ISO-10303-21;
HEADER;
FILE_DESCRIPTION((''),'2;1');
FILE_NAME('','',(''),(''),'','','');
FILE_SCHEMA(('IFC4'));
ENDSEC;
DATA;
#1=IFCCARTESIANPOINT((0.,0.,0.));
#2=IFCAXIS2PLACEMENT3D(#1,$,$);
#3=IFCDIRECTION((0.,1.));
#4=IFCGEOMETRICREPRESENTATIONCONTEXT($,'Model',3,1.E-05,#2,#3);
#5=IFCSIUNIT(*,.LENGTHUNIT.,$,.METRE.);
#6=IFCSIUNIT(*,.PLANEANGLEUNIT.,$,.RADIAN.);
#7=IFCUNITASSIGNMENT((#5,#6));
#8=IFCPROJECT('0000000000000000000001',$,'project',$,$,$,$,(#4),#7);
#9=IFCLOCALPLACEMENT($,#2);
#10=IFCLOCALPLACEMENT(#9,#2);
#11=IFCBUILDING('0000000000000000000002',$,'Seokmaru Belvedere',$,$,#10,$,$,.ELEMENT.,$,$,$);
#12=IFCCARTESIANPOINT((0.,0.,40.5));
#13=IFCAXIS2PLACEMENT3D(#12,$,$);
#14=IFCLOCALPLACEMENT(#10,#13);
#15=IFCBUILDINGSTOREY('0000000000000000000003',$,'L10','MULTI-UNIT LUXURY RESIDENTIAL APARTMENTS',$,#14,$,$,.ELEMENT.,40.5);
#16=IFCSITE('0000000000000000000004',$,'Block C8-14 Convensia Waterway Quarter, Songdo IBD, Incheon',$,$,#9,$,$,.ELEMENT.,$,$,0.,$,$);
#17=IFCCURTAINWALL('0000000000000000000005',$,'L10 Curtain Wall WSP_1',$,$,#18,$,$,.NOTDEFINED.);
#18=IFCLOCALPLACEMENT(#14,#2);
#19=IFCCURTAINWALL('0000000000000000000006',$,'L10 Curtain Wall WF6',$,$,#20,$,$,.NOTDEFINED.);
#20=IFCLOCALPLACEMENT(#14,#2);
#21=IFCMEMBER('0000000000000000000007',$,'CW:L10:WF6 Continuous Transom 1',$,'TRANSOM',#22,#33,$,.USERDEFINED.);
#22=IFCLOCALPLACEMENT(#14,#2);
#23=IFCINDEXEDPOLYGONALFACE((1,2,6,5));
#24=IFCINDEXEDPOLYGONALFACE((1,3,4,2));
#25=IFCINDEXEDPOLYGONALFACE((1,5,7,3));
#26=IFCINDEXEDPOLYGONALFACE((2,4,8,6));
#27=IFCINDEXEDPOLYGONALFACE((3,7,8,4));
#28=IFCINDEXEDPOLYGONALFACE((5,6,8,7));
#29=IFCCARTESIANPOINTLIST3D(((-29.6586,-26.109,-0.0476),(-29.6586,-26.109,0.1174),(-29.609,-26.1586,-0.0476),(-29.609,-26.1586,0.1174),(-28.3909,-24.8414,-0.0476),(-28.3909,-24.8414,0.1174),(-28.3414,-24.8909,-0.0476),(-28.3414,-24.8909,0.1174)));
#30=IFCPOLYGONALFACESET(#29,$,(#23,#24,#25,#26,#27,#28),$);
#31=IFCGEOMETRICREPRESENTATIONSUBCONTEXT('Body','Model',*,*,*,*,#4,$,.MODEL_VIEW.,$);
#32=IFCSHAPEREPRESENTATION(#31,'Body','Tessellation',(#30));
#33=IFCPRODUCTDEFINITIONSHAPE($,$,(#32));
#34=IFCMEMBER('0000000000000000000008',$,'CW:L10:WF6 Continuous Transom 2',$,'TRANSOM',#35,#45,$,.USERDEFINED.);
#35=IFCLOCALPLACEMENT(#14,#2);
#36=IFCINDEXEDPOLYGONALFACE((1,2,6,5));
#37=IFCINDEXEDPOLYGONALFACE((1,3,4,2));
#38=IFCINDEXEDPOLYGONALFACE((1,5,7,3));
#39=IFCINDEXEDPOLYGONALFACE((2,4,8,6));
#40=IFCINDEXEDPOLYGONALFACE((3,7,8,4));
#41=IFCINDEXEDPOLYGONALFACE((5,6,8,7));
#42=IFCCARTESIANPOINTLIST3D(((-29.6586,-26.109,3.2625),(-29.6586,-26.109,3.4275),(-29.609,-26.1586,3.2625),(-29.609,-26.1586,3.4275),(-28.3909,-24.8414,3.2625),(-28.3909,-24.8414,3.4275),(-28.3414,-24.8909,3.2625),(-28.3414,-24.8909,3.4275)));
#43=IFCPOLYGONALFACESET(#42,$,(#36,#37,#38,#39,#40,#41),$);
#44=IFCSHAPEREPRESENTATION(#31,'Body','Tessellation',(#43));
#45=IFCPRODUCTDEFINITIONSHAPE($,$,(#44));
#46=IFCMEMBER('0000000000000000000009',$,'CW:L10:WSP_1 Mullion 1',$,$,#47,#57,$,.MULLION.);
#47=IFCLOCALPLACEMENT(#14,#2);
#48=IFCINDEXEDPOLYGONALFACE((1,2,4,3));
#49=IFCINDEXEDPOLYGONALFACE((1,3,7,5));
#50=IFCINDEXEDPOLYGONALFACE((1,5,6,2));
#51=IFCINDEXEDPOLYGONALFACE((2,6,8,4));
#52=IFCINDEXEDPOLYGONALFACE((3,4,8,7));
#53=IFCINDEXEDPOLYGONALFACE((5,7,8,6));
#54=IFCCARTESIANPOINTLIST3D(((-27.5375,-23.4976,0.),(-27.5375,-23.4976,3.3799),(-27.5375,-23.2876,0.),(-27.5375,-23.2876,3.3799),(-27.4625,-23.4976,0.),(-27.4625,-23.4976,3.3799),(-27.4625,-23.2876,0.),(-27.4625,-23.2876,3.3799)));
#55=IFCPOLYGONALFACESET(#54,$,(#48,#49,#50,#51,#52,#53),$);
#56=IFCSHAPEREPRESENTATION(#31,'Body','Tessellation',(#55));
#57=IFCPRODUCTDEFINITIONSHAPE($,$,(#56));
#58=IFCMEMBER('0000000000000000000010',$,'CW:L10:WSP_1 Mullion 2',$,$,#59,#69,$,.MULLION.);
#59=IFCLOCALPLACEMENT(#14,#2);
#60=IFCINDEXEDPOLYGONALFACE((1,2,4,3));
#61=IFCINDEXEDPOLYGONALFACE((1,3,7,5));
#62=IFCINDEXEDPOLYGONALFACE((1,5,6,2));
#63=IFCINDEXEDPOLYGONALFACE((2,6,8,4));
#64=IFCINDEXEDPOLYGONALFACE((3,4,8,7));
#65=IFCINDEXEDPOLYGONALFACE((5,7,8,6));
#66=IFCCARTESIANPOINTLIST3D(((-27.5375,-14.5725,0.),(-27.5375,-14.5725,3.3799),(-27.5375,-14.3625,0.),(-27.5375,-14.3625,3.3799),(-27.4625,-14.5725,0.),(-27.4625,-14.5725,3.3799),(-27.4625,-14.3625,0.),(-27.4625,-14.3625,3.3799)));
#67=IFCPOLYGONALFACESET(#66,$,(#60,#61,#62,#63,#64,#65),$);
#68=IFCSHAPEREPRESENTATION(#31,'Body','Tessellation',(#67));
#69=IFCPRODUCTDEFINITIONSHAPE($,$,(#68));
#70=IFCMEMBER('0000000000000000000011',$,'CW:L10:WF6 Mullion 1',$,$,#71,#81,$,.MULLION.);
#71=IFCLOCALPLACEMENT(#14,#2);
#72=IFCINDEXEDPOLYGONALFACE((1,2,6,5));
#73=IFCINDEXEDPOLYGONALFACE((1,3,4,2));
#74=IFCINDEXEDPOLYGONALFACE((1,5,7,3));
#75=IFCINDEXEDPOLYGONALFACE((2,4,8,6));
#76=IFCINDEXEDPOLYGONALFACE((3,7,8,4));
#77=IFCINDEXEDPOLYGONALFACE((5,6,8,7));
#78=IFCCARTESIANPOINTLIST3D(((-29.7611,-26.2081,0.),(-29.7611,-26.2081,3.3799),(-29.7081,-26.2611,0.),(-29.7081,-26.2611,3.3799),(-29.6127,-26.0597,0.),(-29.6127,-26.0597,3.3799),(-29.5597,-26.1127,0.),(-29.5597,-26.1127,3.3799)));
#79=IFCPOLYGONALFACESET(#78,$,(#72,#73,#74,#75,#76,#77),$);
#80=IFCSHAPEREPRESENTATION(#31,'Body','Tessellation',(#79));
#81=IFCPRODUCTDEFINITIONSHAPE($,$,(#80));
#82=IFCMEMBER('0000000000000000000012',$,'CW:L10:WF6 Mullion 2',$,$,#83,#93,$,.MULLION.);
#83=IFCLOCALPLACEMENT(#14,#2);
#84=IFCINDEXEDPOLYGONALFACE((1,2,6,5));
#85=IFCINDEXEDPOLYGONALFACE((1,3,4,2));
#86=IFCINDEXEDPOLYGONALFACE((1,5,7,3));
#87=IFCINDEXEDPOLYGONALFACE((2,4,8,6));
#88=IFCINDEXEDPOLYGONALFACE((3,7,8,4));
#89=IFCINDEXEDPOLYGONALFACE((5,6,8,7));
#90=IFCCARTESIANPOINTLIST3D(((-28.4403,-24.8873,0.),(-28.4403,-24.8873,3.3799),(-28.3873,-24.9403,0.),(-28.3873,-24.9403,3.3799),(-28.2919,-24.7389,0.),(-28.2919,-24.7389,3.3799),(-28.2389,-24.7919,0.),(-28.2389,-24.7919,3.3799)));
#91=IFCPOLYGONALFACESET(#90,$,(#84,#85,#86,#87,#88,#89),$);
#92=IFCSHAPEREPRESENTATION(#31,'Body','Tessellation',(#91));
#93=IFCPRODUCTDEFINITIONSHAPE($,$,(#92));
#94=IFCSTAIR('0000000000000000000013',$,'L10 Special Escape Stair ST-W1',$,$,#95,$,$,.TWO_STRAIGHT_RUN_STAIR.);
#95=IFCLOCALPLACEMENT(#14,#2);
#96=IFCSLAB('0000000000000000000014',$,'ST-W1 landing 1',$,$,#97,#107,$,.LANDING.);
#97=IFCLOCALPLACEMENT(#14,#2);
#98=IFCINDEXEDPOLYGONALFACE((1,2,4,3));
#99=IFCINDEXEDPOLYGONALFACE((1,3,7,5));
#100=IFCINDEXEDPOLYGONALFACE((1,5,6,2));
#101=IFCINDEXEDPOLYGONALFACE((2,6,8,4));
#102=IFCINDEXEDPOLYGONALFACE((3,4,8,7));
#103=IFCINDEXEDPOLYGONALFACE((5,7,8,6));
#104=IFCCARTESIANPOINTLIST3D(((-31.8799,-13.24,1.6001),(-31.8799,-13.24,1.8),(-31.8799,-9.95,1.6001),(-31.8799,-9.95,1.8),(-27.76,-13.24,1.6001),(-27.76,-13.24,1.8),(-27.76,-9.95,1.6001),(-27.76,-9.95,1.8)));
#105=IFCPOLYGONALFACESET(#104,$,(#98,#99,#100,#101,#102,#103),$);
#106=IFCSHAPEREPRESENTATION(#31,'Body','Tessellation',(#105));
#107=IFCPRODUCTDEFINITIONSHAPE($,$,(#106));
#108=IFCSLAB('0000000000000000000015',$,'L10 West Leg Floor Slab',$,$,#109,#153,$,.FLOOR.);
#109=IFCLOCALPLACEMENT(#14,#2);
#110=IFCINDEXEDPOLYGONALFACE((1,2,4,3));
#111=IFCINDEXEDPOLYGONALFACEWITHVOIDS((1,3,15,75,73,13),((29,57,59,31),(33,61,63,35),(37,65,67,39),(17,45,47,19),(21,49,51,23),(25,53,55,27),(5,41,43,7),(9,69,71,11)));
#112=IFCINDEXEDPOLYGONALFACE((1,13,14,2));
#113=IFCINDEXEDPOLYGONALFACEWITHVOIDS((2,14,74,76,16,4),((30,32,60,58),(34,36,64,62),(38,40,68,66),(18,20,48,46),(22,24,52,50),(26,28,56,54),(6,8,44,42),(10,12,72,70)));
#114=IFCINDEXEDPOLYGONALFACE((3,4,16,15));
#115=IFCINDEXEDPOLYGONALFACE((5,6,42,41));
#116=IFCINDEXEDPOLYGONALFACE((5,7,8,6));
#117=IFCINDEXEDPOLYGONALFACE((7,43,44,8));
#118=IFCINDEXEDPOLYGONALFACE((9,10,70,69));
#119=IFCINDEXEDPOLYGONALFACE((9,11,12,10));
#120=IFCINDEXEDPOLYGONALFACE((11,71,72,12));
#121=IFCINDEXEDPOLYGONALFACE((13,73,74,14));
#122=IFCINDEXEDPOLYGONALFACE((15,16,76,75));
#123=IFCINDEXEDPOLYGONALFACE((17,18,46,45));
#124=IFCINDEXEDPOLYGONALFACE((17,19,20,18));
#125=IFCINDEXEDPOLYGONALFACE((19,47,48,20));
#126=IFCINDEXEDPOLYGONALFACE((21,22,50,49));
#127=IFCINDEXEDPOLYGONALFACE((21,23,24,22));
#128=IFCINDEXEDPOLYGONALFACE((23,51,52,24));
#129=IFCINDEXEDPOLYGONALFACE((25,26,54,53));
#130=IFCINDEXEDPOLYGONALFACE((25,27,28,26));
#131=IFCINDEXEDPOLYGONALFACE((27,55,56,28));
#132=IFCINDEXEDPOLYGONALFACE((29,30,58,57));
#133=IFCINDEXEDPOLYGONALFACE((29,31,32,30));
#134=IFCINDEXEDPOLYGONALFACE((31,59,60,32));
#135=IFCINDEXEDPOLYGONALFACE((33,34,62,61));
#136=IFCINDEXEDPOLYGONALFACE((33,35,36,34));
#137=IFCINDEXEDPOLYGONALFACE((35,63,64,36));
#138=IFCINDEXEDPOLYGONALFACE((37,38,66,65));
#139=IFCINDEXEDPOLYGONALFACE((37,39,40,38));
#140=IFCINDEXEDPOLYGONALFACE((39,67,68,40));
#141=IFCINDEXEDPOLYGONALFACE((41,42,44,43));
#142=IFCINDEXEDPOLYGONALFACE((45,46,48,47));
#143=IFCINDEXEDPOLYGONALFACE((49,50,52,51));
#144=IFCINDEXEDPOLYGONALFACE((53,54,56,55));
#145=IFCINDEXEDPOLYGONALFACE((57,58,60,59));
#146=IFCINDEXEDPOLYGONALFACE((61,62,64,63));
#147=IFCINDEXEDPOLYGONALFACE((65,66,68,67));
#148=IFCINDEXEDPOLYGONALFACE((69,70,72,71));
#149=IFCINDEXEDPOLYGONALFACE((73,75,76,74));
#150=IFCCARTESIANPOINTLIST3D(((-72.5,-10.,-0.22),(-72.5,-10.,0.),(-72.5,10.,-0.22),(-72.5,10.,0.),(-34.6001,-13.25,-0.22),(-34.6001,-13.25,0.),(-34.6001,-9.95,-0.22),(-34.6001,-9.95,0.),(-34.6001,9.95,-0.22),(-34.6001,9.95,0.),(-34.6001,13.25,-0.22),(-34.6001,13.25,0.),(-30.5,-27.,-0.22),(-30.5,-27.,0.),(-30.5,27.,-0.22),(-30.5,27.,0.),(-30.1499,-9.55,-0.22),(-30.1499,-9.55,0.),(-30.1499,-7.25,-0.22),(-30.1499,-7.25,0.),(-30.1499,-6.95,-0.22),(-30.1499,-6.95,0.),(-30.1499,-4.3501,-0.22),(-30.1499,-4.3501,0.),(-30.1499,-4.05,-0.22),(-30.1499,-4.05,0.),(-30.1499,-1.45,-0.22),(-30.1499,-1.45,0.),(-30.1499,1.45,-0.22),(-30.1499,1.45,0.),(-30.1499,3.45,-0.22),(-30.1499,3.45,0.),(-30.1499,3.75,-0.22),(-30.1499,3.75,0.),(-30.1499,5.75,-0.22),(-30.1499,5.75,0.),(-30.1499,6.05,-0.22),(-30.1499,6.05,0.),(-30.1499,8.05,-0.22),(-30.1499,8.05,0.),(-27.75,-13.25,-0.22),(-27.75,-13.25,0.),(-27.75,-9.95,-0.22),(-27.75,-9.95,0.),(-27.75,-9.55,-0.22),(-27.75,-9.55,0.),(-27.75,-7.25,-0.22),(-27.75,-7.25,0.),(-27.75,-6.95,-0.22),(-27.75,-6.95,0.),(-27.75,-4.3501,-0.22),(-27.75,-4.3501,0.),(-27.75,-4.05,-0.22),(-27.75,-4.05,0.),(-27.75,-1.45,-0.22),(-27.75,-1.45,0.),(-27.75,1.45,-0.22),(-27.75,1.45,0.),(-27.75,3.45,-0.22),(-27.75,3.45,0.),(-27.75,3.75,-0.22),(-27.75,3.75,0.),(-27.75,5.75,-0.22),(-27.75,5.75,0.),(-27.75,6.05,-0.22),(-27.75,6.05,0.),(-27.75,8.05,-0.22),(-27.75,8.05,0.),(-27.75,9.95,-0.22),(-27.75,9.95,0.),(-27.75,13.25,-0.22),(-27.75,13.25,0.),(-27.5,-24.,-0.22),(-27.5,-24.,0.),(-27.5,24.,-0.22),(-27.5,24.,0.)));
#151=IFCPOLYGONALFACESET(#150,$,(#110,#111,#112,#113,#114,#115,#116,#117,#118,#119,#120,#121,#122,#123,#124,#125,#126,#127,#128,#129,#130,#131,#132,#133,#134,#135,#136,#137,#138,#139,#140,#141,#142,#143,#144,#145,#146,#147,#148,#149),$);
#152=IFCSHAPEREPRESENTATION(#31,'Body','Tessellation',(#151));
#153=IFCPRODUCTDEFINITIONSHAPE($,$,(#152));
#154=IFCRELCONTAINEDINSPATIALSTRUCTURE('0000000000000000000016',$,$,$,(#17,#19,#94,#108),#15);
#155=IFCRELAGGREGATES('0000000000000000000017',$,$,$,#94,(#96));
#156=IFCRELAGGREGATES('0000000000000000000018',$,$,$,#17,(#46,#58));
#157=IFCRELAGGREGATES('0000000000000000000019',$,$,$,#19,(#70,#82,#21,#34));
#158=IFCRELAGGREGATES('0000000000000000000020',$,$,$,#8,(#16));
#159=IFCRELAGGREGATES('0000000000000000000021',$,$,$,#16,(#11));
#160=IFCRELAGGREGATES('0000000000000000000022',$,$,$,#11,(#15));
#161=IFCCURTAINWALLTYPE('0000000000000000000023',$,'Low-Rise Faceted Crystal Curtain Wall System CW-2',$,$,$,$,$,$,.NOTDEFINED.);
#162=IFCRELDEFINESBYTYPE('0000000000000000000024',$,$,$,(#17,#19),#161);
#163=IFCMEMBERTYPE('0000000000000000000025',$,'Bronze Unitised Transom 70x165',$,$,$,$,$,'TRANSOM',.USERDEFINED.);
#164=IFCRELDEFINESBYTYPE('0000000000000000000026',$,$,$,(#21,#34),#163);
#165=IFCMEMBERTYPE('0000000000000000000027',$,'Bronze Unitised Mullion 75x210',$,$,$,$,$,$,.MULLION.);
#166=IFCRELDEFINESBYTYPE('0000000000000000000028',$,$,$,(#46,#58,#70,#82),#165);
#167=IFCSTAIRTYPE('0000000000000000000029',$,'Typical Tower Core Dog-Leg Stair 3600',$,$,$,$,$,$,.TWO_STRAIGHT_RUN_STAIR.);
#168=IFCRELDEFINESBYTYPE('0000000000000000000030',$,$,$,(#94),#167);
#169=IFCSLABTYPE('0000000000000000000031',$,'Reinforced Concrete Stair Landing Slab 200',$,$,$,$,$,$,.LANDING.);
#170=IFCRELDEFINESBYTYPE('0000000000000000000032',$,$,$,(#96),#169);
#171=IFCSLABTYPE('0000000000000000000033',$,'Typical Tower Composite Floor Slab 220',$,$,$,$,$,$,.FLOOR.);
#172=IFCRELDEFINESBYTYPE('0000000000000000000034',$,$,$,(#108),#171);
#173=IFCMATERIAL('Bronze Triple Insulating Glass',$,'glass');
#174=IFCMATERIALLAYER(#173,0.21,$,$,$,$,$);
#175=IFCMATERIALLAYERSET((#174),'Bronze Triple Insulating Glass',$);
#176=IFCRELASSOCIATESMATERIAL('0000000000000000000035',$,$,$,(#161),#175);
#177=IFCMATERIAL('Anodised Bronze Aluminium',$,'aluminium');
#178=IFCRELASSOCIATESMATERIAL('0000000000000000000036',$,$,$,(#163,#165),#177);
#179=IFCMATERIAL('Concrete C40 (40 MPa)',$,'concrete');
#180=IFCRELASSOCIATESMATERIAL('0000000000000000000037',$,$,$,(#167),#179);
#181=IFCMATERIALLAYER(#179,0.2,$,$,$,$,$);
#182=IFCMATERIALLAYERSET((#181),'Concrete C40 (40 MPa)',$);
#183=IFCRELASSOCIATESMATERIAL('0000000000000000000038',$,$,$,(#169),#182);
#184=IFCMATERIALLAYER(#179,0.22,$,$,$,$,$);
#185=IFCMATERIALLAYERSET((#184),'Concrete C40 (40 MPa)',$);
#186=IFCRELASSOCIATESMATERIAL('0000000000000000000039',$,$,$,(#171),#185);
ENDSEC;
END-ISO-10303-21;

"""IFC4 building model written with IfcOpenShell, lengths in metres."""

from ifc_helpers import new_model, si_unit, direction, frame, origin, origin_2d, place, context, subcontext, project, spatial, polyline, rectangle, outline, extrude, source, transform, mapped, material, layer, layer_set, material_profile, profile_set, type_object, type_shapes, element, aggregate, save


model = new_model("IFC4")

# Units and contexts
model_context = context("Model", 3, precision=1e-05, world=origin(), true_north=direction((0.0, 1.0)))
body_context = subcontext(model_context, "Body", "Model", "MODEL_VIEW")
ifc_project = project(units=[si_unit("LENGTHUNIT", "METRE"), si_unit("PLANEANGLEUNIT", "RADIAN")], contexts=[model_context])

# Site, building, storey
site_placement = place(None, origin())
site = spatial("IfcSite", under=ifc_project, at=site_placement, Name="Block C8-14 Convensia Waterway Quarter, Songdo IBD, Incheon", CompositionType="ELEMENT", RefElevation=0.0)
building_placement = place(site_placement, origin())
building = spatial("IfcBuilding", under=site, at=building_placement, Name="Seokmaru Belvedere", CompositionType="ELEMENT")
storey_placement = place(building_placement, frame((0.0, 0.0, 40.5)))
storey = spatial("IfcBuildingStorey", under=building, at=storey_placement, Name="L10", Description="MULTI-UNIT LUXURY RESIDENTIAL APARTMENTS", CompositionType="ELEMENT", Elevation=40.5)

# Curtain walls, members
ifc_material_1 = material(Name="Bronze Triple Insulating Glass", Category="glass")
ifc_layer_1 = layer(ifc_material_1, 0.21)
ifc_layer_set_1 = layer_set([ifc_layer_1], Name="Bronze Triple Insulating Glass")
curtain_wall_type = type_object("IfcCurtainWallType", Name="Low-Rise Faceted Crystal Curtain Wall System CW-2", PredefinedType="NOTDEFINED", material=ifc_layer_set_1)
curtain_wall_1_placement = place(storey_placement, origin())
curtain_wall_1 = element("IfcCurtainWall", 1, at=curtain_wall_1_placement, inside=storey, type_object=curtain_wall_type, Name="L10 Curtain Wall WSP_1", PredefinedType="NOTDEFINED")
ifc_material_2 = material(Name="Anodised Bronze Aluminium", Category="aluminium")
ifc_material_profile_1 = material_profile(ifc_material_2, rectangle(XDim=0.0701, YDim=0.165, at=origin_2d()), Name="CW-T-70x165")
ifc_profile_set_1 = profile_set([ifc_material_profile_1], Name="Anodised Bronze Aluminium")
member_type_1 = type_object("IfcMemberType", Name="Bronze Unitised Transom 70x165", ElementType="TRANSOM", PredefinedType="USERDEFINED", material=ifc_profile_set_1)
curtain_wall_2_placement = place(storey_placement, origin())
curtain_wall_2 = element("IfcCurtainWall", 2, at=curtain_wall_2_placement, inside=storey, type_object=curtain_wall_type, Name="L10 Curtain Wall WF6", PredefinedType="NOTDEFINED")
shared_shape_1 = source(origin(), body_context, "Body", "SweptSolid", [
    extrude(rectangle(XDim=0.0701, YDim=0.165, at=origin_2d()), origin(), (0.0, 0.0, 1.0), 1.7927),
])
member_1_placement = place(storey_placement, frame((-29.6338, -26.1338, 0.0349), z_axis=(0.707107, 0.707107, 0.0), x_axis=(-0.707107, 0.707107, 0.0)))
member_1 = element("IfcMember", 3, at=member_1_placement, type_object=member_type_1, Name="CW:L10:WF6 Continuous Transom 1", ObjectType="TRANSOM", PredefinedType="USERDEFINED", context=body_context, shape_type="MappedRepresentation", body=[
    mapped(shared_shape_1, transform((0.0, 0.0, 0.0), scale=1.0)),
])
member_2_placement = place(storey_placement, frame((-29.6338, -26.1338, 3.345), z_axis=(0.707107, 0.707107, 0.0), x_axis=(-0.707107, 0.707107, 0.0)))
member_2 = element("IfcMember", 4, at=member_2_placement, type_object=member_type_1, Name="CW:L10:WF6 Continuous Transom 2", ObjectType="TRANSOM", PredefinedType="USERDEFINED", context=body_context, shape_type="MappedRepresentation", body=[
    mapped(shared_shape_1, transform((0.0, 0.0, 0.0), scale=1.0)),
])

# Members
ifc_material_profile_2 = material_profile(ifc_material_2, rectangle(XDim=0.075, YDim=0.21, at=origin_2d()), Name="CW-M-75x210")
ifc_profile_set_2 = profile_set([ifc_material_profile_2], Name="Anodised Bronze Aluminium")
member_type_2 = type_object("IfcMemberType", Name="Bronze Unitised Mullion 75x210", PredefinedType="MULLION", material=ifc_profile_set_2)
shared_shape_2 = source(origin(), body_context, "Body", "SweptSolid", [
    extrude(rectangle(XDim=0.075, YDim=0.21, at=origin_2d()), origin(), (0.0, 0.0, 1.0), 3.3799),
])
type_shapes(member_type_2, [shared_shape_2])
member_3_placement = place(storey_placement, frame((-27.5, -23.3926, 0.0), z_axis=(0.0, 0.0, 1.0), x_axis=(-1.0, 0.0, 0.0)))
member_3 = element("IfcMember", 5, at=member_3_placement, type_object=member_type_2, Name="CW:L10:WSP_1 Mullion 1", PredefinedType="MULLION", context=body_context, shape_type="MappedRepresentation", body=[
    mapped(shared_shape_2, transform((0.0, 0.0, 0.0), scale=1.0)),
])
member_4_placement = place(storey_placement, frame((-27.5, -14.4675, 0.0), z_axis=(0.0, 0.0, 1.0), x_axis=(-1.0, 0.0, 0.0)))
member_4 = element("IfcMember", 6, at=member_4_placement, type_object=member_type_2, Name="CW:L10:WSP_1 Mullion 2", PredefinedType="MULLION", context=body_context, shape_type="MappedRepresentation", body=[
    mapped(shared_shape_2, transform((0.0, 0.0, 0.0), scale=1.0)),
])
member_5_placement = place(storey_placement, frame((-29.6604, -26.1604, 0.0), z_axis=(0.0, 0.0, 1.0), x_axis=(-0.707107, 0.707107, 0.0)))
member_5 = element("IfcMember", 7, at=member_5_placement, type_object=member_type_2, Name="CW:L10:WF6 Mullion 1", PredefinedType="MULLION", context=body_context, shape_type="MappedRepresentation", body=[
    mapped(shared_shape_2, transform((0.0, 0.0, 0.0), scale=1.0)),
])
member_6_placement = place(storey_placement, frame((-28.3396, -24.8396, 0.0), z_axis=(0.0, 0.0, 1.0), x_axis=(-0.707107, 0.707107, 0.0)))
member_6 = element("IfcMember", 8, at=member_6_placement, type_object=member_type_2, Name="CW:L10:WF6 Mullion 2", PredefinedType="MULLION", context=body_context, shape_type="MappedRepresentation", body=[
    mapped(shared_shape_2, transform((0.0, 0.0, 0.0), scale=1.0)),
])

# Stair, slab
ifc_material_3 = material(Name="Concrete C40 (40 MPa)", Category="concrete")
stair_type = type_object("IfcStairType", Name="Typical Tower Core Dog-Leg Stair 3600", PredefinedType="TWO_STRAIGHT_RUN_STAIR", material=ifc_material_3)
stair_placement = place(storey_placement, origin())
stair = element("IfcStair", 9, at=stair_placement, inside=storey, type_object=stair_type, Name="L10 Special Escape Stair ST-W1", PredefinedType="TWO_STRAIGHT_RUN_STAIR")
ifc_layer_2 = layer(ifc_material_3, 0.2)
ifc_layer_set_2 = layer_set([ifc_layer_2], Name="Concrete C40 (40 MPa)")
slab_type_1 = type_object("IfcSlabType", Name="Reinforced Concrete Stair Landing Slab 200", PredefinedType="LANDING", material=ifc_layer_set_2)
slab_1_placement = place(storey_placement, frame((0.0, 0.0, 1.6001)))
slab_1 = element("IfcSlab", 10, at=slab_1_placement, type_object=slab_type_1, Name="ST-W1 landing 1", PredefinedType="LANDING", context=body_context, shape_type="SweptSolid", body=[
    extrude(outline(polyline([(-31.8799, -13.24), (-27.76, -13.24), (-27.76, -9.95), (-31.8799, -9.95), (-31.8799, -13.24)])), origin(), (0.0, 0.0, 1.0), 0.2),
])
aggregate(stair, [slab_1])

# Slab
ifc_layer_3 = layer(ifc_material_3, 0.22)
ifc_layer_set_3 = layer_set([ifc_layer_3], Name="Concrete C40 (40 MPa)")
slab_type_2 = type_object("IfcSlabType", Name="Typical Tower Composite Floor Slab 220", PredefinedType="FLOOR", material=ifc_layer_set_3)
slab_2_placement = place(storey_placement, frame((0.0, 0.0, -0.22)))
element("IfcSlab", 11, at=slab_2_placement, inside=storey, type_object=slab_type_2, Name="L10 West Leg Floor Slab", PredefinedType="FLOOR", context=body_context, shape_type="SweptSolid", body=[
    extrude(outline(polyline([(-27.5, -24.0), (-27.5, 24.0), (-30.5, 27.0), (-72.5, 10.0), (-72.5, -10.0), (-30.5, -27.0), (-27.5, -24.0)]), holes=[polyline([(-34.6001, -13.25), (-27.75, -13.25), (-27.75, -9.95), (-34.6001, -9.95), (-34.6001, -13.25)]), polyline([(-34.6001, 9.95), (-27.75, 9.95), (-27.75, 13.25), (-34.6001, 13.25), (-34.6001, 9.95)]), polyline([(-30.1499, -9.55), (-27.75, -9.55), (-27.75, -7.25), (-30.1499, -7.25), (-30.1499, -9.55)]), polyline([(-30.1499, -6.95), (-27.75, -6.95), (-27.75, -4.3501), (-30.1499, -4.3501), (-30.1499, -6.95)]), polyline([(-30.1499, -4.05), (-27.75, -4.05), (-27.75, -1.45), (-30.1499, -1.45), (-30.1499, -4.05)]), polyline([(-30.1499, 1.45), (-27.75, 1.45), (-27.75, 3.45), (-30.1499, 3.45), (-30.1499, 1.45)]), polyline([(-30.1499, 3.75), (-27.75, 3.75), (-27.75, 5.75), (-30.1499, 5.75), (-30.1499, 3.75)]), polyline([(-30.1499, 6.05), (-27.75, 6.05), (-27.75, 8.05), (-30.1499, 8.05), (-30.1499, 6.05)])]), origin(), (0.0, 0.0, 1.0), 0.22),
])

aggregate(curtain_wall_1, [member_3, member_4])
aggregate(curtain_wall_2, [member_5, member_6, member_1, member_2])

save(model, "model.ifc")
